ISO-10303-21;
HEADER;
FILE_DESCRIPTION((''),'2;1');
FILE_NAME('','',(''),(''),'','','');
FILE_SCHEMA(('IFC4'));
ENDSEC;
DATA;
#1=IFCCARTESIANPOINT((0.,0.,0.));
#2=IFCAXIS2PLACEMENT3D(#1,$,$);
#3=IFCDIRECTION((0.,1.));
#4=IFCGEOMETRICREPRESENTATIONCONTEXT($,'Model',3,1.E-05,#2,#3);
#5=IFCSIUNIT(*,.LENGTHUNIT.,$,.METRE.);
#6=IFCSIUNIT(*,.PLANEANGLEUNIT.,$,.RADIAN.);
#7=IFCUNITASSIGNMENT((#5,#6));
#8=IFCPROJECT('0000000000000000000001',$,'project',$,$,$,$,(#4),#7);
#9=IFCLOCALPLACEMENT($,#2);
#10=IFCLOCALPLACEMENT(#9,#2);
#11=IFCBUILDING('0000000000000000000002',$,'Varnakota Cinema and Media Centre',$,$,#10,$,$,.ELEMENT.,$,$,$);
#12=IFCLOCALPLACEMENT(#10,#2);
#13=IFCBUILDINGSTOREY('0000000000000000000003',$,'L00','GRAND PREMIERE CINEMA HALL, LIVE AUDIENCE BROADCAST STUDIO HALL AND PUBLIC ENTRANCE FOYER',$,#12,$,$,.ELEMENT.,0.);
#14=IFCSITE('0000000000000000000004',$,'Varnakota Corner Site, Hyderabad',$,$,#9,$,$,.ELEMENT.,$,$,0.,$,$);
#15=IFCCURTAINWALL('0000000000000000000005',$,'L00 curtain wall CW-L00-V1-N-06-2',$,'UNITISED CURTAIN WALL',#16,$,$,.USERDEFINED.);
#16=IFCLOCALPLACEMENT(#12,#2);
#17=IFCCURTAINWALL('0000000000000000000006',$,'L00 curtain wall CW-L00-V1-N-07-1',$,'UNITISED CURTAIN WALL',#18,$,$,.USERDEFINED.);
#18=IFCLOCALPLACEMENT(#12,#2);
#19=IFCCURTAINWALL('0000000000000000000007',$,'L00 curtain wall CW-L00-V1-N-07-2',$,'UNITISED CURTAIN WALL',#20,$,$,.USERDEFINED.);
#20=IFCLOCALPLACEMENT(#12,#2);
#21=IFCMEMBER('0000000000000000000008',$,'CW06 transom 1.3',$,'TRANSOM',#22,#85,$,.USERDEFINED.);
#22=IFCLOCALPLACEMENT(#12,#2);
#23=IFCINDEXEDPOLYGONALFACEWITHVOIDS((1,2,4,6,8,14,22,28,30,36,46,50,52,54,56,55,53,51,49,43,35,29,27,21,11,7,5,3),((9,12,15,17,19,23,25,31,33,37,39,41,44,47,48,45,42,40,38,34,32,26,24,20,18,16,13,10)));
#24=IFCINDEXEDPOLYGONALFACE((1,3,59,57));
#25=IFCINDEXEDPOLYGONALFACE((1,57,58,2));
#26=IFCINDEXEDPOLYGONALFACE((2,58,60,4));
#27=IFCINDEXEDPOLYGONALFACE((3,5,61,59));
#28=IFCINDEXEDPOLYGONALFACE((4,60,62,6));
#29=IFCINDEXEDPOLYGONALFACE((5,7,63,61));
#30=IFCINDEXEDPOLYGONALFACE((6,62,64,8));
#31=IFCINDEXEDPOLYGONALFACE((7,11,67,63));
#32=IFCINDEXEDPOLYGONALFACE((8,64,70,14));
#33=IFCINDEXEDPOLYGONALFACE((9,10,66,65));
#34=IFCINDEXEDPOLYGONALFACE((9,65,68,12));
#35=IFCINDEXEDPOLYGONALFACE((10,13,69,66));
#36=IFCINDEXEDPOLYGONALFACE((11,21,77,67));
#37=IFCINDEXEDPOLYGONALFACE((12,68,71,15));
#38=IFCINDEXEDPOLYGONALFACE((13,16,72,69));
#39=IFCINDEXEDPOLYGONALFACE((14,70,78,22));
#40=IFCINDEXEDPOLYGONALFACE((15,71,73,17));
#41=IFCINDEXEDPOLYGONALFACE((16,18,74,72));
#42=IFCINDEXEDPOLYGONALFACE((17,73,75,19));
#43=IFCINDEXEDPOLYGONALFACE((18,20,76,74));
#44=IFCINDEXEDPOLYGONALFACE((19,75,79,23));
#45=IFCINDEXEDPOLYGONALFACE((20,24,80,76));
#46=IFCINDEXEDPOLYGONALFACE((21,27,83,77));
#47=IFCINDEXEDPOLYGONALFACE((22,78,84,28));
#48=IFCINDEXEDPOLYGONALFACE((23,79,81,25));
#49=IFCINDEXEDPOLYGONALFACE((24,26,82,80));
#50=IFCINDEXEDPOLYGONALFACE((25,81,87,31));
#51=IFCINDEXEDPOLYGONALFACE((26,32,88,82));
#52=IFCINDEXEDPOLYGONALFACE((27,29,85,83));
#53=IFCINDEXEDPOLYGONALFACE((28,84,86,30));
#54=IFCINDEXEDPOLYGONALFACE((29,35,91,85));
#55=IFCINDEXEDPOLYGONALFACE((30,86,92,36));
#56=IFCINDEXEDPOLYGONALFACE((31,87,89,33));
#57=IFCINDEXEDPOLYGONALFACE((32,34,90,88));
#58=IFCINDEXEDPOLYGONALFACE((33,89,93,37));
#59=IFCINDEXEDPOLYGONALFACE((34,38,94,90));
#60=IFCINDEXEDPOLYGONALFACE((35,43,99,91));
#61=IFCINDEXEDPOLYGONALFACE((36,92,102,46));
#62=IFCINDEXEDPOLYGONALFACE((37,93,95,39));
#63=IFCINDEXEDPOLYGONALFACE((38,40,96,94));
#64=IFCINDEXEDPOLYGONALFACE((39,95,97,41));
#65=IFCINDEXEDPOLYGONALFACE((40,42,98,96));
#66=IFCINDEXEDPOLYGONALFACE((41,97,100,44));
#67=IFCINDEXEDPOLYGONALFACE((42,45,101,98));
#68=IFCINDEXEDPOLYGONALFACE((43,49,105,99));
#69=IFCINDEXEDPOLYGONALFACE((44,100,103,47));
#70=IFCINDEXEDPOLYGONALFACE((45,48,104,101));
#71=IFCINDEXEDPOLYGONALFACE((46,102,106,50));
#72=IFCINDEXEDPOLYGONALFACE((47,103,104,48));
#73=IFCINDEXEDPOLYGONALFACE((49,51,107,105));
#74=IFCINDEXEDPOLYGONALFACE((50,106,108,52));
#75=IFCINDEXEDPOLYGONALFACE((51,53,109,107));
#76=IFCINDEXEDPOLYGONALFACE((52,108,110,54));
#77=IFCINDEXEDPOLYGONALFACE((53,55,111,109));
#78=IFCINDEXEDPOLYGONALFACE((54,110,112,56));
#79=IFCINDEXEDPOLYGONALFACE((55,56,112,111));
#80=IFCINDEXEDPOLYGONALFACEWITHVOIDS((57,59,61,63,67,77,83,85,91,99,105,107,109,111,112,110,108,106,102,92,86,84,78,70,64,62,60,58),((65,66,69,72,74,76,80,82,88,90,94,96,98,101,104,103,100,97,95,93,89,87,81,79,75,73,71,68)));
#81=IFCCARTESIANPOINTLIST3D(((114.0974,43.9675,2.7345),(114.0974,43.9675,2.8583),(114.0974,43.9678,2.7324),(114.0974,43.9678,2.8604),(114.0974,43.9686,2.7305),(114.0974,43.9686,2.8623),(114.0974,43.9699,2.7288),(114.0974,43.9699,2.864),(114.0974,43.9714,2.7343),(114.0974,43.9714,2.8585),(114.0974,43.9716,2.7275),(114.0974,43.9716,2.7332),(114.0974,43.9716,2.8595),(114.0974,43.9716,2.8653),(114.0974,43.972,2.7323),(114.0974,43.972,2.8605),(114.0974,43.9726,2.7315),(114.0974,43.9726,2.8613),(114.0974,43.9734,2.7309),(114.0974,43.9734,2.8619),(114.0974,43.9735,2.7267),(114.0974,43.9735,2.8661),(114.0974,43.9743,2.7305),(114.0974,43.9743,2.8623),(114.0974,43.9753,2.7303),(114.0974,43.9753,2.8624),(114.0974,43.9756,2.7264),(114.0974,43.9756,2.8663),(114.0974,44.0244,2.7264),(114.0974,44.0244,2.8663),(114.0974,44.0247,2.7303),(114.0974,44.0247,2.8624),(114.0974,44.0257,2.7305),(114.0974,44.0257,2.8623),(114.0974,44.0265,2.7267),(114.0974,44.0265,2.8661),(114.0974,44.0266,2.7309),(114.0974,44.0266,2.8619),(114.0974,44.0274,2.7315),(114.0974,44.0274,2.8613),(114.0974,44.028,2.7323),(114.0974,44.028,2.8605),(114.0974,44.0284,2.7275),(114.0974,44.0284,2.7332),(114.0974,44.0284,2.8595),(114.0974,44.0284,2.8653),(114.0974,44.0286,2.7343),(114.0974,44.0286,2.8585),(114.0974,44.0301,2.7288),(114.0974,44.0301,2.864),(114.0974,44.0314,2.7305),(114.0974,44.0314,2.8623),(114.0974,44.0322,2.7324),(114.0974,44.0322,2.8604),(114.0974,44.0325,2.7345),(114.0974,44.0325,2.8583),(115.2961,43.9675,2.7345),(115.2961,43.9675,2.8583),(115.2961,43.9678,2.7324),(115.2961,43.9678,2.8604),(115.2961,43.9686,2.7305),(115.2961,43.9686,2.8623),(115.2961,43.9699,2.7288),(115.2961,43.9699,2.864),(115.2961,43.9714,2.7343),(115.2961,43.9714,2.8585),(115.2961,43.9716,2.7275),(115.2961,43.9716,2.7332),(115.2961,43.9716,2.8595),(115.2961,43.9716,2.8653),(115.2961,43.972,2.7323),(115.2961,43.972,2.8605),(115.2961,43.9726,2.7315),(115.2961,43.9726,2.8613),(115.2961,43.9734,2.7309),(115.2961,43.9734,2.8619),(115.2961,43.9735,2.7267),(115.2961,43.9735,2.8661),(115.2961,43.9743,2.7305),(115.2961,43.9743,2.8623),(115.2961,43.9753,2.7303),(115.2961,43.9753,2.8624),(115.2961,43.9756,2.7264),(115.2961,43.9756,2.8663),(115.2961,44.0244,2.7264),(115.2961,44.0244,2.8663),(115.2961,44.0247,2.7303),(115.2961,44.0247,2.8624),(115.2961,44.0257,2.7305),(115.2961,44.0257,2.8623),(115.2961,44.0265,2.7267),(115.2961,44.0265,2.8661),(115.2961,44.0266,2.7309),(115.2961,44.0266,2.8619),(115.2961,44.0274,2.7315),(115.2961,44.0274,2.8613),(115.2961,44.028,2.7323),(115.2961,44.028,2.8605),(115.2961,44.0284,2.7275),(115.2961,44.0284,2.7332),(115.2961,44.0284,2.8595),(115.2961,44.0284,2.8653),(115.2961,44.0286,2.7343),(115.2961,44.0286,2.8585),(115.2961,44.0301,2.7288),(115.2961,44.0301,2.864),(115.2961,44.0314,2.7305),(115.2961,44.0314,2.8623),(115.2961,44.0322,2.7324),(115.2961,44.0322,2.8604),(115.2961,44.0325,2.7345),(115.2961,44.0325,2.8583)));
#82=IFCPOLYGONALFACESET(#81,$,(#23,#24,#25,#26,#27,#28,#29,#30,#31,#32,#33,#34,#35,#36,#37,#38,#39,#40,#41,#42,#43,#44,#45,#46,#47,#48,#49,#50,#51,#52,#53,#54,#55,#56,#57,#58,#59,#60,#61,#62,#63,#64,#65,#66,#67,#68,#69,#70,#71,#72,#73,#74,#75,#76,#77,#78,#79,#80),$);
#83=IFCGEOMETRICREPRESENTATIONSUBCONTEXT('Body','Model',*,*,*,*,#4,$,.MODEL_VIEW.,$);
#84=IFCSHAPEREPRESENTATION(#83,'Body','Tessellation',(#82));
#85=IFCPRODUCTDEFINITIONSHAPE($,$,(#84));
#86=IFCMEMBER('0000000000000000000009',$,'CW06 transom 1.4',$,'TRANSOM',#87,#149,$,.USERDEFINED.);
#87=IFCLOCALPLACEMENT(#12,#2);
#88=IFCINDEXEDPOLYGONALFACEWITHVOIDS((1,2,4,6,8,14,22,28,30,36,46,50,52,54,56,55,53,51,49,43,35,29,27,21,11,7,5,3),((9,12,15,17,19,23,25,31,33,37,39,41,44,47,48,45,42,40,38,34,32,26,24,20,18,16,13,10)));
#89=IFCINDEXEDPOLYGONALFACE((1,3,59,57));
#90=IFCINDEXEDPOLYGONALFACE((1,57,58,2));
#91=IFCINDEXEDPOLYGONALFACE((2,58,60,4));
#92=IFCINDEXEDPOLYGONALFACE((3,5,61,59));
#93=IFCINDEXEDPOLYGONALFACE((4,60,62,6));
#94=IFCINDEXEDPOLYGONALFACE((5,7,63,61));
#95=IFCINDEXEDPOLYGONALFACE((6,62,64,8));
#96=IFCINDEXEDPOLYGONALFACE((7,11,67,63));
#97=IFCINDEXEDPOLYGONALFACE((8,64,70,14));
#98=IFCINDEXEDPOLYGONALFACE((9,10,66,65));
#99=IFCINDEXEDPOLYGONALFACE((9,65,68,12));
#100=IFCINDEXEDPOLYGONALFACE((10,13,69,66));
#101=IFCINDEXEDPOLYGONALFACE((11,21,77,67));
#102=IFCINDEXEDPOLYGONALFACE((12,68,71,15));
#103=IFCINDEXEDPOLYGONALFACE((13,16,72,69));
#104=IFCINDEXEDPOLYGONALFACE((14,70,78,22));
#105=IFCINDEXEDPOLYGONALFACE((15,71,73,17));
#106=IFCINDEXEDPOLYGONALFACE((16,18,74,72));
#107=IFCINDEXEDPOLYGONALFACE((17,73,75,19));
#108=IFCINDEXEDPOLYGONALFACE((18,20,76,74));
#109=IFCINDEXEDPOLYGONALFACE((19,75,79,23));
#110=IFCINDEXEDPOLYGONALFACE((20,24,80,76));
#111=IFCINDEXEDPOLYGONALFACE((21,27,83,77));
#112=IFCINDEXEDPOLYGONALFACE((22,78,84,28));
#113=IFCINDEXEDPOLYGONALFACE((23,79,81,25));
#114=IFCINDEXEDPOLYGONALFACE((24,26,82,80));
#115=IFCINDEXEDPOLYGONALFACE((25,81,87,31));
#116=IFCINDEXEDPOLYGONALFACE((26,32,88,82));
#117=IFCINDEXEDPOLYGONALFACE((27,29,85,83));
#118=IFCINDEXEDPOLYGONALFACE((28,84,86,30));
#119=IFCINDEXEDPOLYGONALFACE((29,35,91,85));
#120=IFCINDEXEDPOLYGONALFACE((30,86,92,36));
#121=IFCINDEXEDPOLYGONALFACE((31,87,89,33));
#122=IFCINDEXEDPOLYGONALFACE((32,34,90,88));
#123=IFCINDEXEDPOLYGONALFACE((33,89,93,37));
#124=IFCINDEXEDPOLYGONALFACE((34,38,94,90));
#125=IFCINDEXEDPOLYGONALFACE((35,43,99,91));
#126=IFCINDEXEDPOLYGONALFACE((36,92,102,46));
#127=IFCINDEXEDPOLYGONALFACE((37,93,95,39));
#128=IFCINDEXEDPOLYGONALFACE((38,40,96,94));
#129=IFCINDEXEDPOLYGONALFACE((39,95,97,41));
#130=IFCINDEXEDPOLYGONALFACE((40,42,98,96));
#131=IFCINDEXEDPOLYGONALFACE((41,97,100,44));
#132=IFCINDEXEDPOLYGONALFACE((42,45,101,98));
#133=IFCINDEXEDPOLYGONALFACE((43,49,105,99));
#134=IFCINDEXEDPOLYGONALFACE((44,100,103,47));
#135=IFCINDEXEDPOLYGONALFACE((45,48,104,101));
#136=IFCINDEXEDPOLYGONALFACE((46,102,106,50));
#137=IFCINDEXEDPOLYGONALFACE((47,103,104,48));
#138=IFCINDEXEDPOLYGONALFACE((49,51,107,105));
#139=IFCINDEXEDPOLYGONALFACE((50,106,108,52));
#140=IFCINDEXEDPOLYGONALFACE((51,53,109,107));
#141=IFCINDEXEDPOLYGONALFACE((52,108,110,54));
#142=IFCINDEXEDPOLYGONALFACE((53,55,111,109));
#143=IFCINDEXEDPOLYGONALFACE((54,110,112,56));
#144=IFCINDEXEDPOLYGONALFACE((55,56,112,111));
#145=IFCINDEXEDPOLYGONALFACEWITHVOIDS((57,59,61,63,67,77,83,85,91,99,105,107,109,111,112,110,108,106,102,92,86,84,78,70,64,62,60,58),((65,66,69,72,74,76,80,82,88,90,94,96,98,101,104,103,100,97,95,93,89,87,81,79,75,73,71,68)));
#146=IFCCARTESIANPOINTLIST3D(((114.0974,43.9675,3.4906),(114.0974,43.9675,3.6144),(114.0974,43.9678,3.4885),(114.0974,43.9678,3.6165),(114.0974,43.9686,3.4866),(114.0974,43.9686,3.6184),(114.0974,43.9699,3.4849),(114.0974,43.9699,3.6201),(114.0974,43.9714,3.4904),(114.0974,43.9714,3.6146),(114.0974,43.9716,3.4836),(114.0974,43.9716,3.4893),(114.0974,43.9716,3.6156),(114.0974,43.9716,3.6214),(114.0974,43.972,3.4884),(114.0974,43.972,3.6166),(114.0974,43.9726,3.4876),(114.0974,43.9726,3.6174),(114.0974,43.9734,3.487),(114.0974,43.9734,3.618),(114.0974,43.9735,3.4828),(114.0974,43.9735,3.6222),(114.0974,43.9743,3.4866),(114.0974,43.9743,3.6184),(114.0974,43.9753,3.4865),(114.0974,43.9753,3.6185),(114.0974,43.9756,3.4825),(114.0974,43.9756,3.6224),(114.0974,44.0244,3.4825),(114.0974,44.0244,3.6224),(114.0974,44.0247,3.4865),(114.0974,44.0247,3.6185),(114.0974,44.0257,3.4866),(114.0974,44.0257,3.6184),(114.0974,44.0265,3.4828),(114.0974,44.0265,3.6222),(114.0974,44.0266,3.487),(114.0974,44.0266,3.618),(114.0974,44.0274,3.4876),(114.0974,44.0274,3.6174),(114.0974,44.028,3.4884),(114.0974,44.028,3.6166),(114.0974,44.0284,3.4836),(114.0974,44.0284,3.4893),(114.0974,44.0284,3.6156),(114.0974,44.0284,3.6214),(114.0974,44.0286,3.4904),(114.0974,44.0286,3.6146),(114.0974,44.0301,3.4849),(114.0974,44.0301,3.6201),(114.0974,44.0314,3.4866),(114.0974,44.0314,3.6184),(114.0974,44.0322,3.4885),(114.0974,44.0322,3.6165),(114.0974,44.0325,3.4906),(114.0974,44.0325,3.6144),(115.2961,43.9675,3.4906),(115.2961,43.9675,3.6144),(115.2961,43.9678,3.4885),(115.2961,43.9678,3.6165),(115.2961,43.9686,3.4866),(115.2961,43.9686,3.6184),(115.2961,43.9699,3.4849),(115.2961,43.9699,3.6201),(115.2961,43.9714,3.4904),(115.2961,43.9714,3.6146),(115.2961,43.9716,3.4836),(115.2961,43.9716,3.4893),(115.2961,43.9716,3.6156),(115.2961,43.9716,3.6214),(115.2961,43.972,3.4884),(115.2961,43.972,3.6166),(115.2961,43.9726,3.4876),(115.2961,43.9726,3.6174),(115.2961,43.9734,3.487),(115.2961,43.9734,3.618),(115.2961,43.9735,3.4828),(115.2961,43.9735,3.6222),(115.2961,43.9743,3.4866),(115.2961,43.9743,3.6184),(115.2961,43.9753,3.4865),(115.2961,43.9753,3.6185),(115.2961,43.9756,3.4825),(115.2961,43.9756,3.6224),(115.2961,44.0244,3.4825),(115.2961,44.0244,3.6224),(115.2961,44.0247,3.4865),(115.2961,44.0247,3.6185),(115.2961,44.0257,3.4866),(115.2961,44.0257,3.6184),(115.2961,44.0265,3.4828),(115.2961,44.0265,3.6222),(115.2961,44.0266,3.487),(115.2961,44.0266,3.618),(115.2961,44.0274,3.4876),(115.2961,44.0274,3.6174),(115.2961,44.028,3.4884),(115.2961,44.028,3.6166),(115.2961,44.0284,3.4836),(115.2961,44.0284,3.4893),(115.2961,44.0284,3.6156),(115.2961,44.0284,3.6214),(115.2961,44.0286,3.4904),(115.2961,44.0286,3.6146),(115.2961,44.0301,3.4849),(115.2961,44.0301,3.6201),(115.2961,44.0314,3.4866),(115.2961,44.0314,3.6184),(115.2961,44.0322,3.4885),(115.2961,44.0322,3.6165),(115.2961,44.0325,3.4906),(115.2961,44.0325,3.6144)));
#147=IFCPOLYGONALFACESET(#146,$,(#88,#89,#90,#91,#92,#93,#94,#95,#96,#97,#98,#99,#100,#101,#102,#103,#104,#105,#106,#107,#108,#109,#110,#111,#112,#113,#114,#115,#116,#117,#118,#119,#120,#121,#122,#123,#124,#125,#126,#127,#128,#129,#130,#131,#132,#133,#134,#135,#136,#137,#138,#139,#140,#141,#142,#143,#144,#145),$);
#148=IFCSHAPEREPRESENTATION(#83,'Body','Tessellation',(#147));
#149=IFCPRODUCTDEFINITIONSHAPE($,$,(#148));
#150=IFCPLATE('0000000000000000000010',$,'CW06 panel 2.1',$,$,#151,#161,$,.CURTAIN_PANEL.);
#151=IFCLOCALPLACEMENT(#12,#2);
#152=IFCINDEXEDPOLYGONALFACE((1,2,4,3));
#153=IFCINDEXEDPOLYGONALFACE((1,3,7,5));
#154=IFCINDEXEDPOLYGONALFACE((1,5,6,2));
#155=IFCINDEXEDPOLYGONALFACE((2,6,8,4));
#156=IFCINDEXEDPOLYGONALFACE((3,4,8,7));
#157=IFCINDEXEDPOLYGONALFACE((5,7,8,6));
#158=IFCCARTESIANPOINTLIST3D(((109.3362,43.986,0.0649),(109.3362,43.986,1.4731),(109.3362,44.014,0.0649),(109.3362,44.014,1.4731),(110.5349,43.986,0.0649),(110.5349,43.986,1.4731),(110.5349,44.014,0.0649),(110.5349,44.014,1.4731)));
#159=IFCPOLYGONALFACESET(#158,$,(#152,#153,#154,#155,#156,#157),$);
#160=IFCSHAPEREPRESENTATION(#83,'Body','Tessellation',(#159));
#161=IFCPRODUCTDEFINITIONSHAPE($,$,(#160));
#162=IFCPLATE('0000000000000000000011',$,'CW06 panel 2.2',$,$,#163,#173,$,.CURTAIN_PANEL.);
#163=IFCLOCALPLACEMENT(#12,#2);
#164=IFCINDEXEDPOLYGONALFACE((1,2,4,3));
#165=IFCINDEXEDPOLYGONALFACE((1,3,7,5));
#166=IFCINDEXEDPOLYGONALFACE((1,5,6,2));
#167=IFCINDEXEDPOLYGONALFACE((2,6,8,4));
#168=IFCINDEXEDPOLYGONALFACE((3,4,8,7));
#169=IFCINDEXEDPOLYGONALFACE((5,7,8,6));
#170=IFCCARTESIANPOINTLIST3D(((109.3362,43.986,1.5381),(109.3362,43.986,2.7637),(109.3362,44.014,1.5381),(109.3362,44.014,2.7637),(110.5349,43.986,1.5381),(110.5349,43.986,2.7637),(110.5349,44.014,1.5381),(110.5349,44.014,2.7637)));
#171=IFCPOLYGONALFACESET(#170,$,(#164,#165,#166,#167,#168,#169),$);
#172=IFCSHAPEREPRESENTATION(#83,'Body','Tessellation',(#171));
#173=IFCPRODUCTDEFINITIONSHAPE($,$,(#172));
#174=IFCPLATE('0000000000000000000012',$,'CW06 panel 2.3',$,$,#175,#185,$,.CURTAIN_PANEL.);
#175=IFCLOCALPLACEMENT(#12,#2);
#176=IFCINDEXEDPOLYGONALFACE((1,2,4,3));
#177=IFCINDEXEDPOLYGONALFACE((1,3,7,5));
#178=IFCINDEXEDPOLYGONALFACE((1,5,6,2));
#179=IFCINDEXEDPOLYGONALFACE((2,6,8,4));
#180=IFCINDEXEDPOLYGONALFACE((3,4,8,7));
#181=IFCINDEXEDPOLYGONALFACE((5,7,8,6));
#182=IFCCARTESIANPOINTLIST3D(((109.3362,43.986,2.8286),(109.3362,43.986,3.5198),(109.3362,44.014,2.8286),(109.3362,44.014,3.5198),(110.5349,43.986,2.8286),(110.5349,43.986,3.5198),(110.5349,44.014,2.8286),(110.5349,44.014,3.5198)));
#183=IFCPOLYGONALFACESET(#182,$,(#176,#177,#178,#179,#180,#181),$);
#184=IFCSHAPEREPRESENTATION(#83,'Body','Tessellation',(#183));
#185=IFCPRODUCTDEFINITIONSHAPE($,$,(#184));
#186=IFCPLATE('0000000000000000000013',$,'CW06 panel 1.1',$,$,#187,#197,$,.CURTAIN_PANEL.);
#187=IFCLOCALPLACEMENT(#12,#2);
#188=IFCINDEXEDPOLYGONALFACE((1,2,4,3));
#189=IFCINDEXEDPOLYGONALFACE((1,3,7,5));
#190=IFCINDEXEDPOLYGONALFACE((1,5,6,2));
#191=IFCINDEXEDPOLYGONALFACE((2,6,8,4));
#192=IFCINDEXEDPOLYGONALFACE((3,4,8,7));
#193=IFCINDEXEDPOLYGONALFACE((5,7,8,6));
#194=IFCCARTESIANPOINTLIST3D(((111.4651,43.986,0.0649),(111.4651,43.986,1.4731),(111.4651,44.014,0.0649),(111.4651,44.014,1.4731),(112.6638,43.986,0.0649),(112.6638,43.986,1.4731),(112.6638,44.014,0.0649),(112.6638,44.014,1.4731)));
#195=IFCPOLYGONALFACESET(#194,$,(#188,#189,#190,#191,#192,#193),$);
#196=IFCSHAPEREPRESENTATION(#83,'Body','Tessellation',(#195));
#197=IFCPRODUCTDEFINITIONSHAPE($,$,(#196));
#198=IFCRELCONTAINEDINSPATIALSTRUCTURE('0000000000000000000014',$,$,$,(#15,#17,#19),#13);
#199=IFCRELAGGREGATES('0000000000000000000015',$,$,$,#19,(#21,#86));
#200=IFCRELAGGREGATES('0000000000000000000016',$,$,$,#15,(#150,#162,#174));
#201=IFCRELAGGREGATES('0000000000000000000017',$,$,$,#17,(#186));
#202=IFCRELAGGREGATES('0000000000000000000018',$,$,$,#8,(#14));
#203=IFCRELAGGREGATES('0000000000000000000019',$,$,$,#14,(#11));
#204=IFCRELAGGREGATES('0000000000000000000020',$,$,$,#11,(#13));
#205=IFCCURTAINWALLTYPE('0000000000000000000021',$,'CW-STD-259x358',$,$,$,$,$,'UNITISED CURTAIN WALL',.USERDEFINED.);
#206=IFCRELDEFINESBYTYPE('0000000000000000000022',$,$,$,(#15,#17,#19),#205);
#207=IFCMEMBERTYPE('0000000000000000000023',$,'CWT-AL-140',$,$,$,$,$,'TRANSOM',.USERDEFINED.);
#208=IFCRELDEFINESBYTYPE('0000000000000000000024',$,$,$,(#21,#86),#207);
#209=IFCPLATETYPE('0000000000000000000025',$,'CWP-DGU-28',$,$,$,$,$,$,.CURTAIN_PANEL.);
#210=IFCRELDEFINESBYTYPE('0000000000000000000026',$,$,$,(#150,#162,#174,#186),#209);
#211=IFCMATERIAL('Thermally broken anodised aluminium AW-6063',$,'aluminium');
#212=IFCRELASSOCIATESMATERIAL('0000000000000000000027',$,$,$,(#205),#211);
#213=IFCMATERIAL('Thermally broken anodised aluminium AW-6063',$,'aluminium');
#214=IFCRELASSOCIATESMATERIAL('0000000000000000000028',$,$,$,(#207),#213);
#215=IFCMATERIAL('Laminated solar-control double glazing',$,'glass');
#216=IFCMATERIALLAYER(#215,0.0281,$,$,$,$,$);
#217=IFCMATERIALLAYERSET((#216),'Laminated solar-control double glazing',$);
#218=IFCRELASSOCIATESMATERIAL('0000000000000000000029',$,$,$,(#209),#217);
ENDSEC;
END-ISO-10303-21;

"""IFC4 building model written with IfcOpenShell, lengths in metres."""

from ifc_helpers import new_model, si_unit, direction, frame, origin, origin_2d, place, context, subcontext, project, spatial, rectangle, hollow_rectangle, extrude, material, layer, layer_set, material_profile, profile_set, type_object, element, aggregate, save


model = new_model("IFC4")

# Units and contexts
model_context = context("Model", 3, precision=1e-05, world=origin(), true_north=direction((0.0, 1.0)))
body_context = subcontext(model_context, "Body", "Model", "MODEL_VIEW")
ifc_project = project(units=[si_unit("LENGTHUNIT", "METRE"), si_unit("PLANEANGLEUNIT", "RADIAN")], contexts=[model_context])

# Site, building, storey
site_placement = place(None, origin())
site = spatial("IfcSite", under=ifc_project, at=site_placement, Name="Varnakota Corner Site, Hyderabad", CompositionType="ELEMENT", RefElevation=0.0)
building_placement = place(site_placement, origin())
building = spatial("IfcBuilding", under=site, at=building_placement, Name="Varnakota Cinema and Media Centre", CompositionType="ELEMENT")
storey_placement = place(building_placement, origin())
storey = spatial("IfcBuildingStorey", under=building, at=storey_placement, Name="L00", Description="GRAND PREMIERE CINEMA HALL, LIVE AUDIENCE BROADCAST STUDIO HALL AND PUBLIC ENTRANCE FOYER", CompositionType="ELEMENT", Elevation=0.0)

# Curtain wall
ifc_material_1 = material(Name="Thermally broken anodised aluminium AW-6063", Category="aluminium")
curtain_wall_type = type_object("IfcCurtainWallType", Name="CW-STD-259x358", ElementType="UNITISED CURTAIN WALL", PredefinedType="USERDEFINED", material=ifc_material_1)
curtain_wall_1_placement = place(storey_placement, origin())
curtain_wall_1 = element("IfcCurtainWall", 1, at=curtain_wall_1_placement, inside=storey, type_object=curtain_wall_type, Name="L00 curtain wall CW-L00-V1-N-06-2", ObjectType="UNITISED CURTAIN WALL", PredefinedType="USERDEFINED")

# Curtain wall
curtain_wall_2_placement = place(storey_placement, origin())
curtain_wall_2 = element("IfcCurtainWall", 2, at=curtain_wall_2_placement, inside=storey, type_object=curtain_wall_type, Name="L00 curtain wall CW-L00-V1-N-07-1", ObjectType="UNITISED CURTAIN WALL", PredefinedType="USERDEFINED")

# Curtain wall
curtain_wall_3_placement = place(storey_placement, origin())
curtain_wall_3 = element("IfcCurtainWall", 3, at=curtain_wall_3_placement, inside=storey, type_object=curtain_wall_type, Name="L00 curtain wall CW-L00-V1-N-07-2", ObjectType="UNITISED CURTAIN WALL", PredefinedType="USERDEFINED")

# Members
ifc_material_2 = material(Name="Thermally broken anodised aluminium AW-6063", Category="aluminium")
ifc_material_profile_1 = material_profile(ifc_material_2, hollow_rectangle(XDim=0.0649, YDim=0.1399, WallThickness=0.0039, InnerFilletRadius=0.0039, OuterFilletRadius=0.0081, at=origin_2d()), Name="AL-TRANSOM 140x65x4")
ifc_profile_set_1 = profile_set([ifc_material_profile_1], Name="Thermally broken anodised aluminium AW-6063")
member_type_1 = type_object("IfcMemberType", Name="CWT-AL-140", ElementType="TRANSOM", PredefinedType="USERDEFINED", material=ifc_profile_set_1)
member_1_placement = place(storey_placement, frame((114.0974, 44.0, 2.7964), z_axis=(1.0, 0.0, 0.0), x_axis=(0.0, 1.0, 0.0)))
member_1 = element("IfcMember", 4, at=member_1_placement, type_object=member_type_1, Name="CW06 transom 1.3", ObjectType="TRANSOM", PredefinedType="USERDEFINED", context=body_context, shape_type="SweptSolid", body=[
    extrude(hollow_rectangle(XDim=0.0649, YDim=0.1399, WallThickness=0.0039, InnerFilletRadius=0.0039, OuterFilletRadius=0.0081, at=origin_2d()), origin(), (0.0, 0.0, 1.0), 1.1987),
])
member_2_placement = place(storey_placement, frame((114.0974, 44.0, 3.5525), z_axis=(1.0, 0.0, 0.0), x_axis=(0.0, 1.0, 0.0)))
member_2 = element("IfcMember", 5, at=member_2_placement, type_object=member_type_1, Name="CW06 transom 1.4", ObjectType="TRANSOM", PredefinedType="USERDEFINED", context=body_context, shape_type="SweptSolid", body=[
    extrude(hollow_rectangle(XDim=0.0649, YDim=0.1399, WallThickness=0.0039, InnerFilletRadius=0.0039, OuterFilletRadius=0.0081, at=origin_2d()), origin(), (0.0, 0.0, 1.0), 1.1987),
])
aggregate(curtain_wall_3, [member_1, member_2])

# Plates
ifc_material_3 = material(Name="Laminated solar-control double glazing", Category="glass")
ifc_layer = layer(ifc_material_3, 0.0281)
ifc_layer_set = layer_set([ifc_layer], Name="Laminated solar-control double glazing")
plate_type = type_object("IfcPlateType", Name="CWP-DGU-28", PredefinedType="CURTAIN_PANEL", material=ifc_layer_set)
plate_1_placement = place(storey_placement, frame((109.9355, 44.0, 0.0649), z_axis=(0.0, 0.0, 1.0), x_axis=(1.0, 0.0, 0.0)))
plate_1 = element("IfcPlate", 6, at=plate_1_placement, type_object=plate_type, Name="CW06 panel 2.1", PredefinedType="CURTAIN_PANEL", context=body_context, shape_type="SweptSolid", body=[
    extrude(rectangle(XDim=1.1987, YDim=0.0281, at=origin_2d()), origin(), (0.0, 0.0, 1.0), 1.4082),
])
plate_2_placement = place(storey_placement, frame((109.9355, 44.0, 1.5381), z_axis=(0.0, 0.0, 1.0), x_axis=(1.0, 0.0, 0.0)))
plate_2 = element("IfcPlate", 7, at=plate_2_placement, type_object=plate_type, Name="CW06 panel 2.2", PredefinedType="CURTAIN_PANEL", context=body_context, shape_type="SweptSolid", body=[
    extrude(rectangle(XDim=1.1987, YDim=0.0281, at=origin_2d()), origin(), (0.0, 0.0, 1.0), 1.2256),
])
plate_3_placement = place(storey_placement, frame((109.9355, 44.0, 2.8286), z_axis=(0.0, 0.0, 1.0), x_axis=(1.0, 0.0, 0.0)))
plate_3 = element("IfcPlate", 8, at=plate_3_placement, type_object=plate_type, Name="CW06 panel 2.3", PredefinedType="CURTAIN_PANEL", context=body_context, shape_type="SweptSolid", body=[
    extrude(rectangle(XDim=1.1987, YDim=0.0281, at=origin_2d()), origin(), (0.0, 0.0, 1.0), 0.6912),
])
aggregate(curtain_wall_1, [plate_1, plate_2, plate_3])
plate_4_placement = place(storey_placement, frame((112.0645, 44.0, 0.0649), z_axis=(0.0, 0.0, 1.0), x_axis=(1.0, 0.0, 0.0)))
plate_4 = element("IfcPlate", 9, at=plate_4_placement, type_object=plate_type, Name="CW06 panel 1.1", PredefinedType="CURTAIN_PANEL", context=body_context, shape_type="SweptSolid", body=[
    extrude(rectangle(XDim=1.1987, YDim=0.0281, at=origin_2d()), origin(), (0.0, 0.0, 1.0), 1.4082),
])
aggregate(curtain_wall_2, [plate_4])

save(model, "model.ifc")
